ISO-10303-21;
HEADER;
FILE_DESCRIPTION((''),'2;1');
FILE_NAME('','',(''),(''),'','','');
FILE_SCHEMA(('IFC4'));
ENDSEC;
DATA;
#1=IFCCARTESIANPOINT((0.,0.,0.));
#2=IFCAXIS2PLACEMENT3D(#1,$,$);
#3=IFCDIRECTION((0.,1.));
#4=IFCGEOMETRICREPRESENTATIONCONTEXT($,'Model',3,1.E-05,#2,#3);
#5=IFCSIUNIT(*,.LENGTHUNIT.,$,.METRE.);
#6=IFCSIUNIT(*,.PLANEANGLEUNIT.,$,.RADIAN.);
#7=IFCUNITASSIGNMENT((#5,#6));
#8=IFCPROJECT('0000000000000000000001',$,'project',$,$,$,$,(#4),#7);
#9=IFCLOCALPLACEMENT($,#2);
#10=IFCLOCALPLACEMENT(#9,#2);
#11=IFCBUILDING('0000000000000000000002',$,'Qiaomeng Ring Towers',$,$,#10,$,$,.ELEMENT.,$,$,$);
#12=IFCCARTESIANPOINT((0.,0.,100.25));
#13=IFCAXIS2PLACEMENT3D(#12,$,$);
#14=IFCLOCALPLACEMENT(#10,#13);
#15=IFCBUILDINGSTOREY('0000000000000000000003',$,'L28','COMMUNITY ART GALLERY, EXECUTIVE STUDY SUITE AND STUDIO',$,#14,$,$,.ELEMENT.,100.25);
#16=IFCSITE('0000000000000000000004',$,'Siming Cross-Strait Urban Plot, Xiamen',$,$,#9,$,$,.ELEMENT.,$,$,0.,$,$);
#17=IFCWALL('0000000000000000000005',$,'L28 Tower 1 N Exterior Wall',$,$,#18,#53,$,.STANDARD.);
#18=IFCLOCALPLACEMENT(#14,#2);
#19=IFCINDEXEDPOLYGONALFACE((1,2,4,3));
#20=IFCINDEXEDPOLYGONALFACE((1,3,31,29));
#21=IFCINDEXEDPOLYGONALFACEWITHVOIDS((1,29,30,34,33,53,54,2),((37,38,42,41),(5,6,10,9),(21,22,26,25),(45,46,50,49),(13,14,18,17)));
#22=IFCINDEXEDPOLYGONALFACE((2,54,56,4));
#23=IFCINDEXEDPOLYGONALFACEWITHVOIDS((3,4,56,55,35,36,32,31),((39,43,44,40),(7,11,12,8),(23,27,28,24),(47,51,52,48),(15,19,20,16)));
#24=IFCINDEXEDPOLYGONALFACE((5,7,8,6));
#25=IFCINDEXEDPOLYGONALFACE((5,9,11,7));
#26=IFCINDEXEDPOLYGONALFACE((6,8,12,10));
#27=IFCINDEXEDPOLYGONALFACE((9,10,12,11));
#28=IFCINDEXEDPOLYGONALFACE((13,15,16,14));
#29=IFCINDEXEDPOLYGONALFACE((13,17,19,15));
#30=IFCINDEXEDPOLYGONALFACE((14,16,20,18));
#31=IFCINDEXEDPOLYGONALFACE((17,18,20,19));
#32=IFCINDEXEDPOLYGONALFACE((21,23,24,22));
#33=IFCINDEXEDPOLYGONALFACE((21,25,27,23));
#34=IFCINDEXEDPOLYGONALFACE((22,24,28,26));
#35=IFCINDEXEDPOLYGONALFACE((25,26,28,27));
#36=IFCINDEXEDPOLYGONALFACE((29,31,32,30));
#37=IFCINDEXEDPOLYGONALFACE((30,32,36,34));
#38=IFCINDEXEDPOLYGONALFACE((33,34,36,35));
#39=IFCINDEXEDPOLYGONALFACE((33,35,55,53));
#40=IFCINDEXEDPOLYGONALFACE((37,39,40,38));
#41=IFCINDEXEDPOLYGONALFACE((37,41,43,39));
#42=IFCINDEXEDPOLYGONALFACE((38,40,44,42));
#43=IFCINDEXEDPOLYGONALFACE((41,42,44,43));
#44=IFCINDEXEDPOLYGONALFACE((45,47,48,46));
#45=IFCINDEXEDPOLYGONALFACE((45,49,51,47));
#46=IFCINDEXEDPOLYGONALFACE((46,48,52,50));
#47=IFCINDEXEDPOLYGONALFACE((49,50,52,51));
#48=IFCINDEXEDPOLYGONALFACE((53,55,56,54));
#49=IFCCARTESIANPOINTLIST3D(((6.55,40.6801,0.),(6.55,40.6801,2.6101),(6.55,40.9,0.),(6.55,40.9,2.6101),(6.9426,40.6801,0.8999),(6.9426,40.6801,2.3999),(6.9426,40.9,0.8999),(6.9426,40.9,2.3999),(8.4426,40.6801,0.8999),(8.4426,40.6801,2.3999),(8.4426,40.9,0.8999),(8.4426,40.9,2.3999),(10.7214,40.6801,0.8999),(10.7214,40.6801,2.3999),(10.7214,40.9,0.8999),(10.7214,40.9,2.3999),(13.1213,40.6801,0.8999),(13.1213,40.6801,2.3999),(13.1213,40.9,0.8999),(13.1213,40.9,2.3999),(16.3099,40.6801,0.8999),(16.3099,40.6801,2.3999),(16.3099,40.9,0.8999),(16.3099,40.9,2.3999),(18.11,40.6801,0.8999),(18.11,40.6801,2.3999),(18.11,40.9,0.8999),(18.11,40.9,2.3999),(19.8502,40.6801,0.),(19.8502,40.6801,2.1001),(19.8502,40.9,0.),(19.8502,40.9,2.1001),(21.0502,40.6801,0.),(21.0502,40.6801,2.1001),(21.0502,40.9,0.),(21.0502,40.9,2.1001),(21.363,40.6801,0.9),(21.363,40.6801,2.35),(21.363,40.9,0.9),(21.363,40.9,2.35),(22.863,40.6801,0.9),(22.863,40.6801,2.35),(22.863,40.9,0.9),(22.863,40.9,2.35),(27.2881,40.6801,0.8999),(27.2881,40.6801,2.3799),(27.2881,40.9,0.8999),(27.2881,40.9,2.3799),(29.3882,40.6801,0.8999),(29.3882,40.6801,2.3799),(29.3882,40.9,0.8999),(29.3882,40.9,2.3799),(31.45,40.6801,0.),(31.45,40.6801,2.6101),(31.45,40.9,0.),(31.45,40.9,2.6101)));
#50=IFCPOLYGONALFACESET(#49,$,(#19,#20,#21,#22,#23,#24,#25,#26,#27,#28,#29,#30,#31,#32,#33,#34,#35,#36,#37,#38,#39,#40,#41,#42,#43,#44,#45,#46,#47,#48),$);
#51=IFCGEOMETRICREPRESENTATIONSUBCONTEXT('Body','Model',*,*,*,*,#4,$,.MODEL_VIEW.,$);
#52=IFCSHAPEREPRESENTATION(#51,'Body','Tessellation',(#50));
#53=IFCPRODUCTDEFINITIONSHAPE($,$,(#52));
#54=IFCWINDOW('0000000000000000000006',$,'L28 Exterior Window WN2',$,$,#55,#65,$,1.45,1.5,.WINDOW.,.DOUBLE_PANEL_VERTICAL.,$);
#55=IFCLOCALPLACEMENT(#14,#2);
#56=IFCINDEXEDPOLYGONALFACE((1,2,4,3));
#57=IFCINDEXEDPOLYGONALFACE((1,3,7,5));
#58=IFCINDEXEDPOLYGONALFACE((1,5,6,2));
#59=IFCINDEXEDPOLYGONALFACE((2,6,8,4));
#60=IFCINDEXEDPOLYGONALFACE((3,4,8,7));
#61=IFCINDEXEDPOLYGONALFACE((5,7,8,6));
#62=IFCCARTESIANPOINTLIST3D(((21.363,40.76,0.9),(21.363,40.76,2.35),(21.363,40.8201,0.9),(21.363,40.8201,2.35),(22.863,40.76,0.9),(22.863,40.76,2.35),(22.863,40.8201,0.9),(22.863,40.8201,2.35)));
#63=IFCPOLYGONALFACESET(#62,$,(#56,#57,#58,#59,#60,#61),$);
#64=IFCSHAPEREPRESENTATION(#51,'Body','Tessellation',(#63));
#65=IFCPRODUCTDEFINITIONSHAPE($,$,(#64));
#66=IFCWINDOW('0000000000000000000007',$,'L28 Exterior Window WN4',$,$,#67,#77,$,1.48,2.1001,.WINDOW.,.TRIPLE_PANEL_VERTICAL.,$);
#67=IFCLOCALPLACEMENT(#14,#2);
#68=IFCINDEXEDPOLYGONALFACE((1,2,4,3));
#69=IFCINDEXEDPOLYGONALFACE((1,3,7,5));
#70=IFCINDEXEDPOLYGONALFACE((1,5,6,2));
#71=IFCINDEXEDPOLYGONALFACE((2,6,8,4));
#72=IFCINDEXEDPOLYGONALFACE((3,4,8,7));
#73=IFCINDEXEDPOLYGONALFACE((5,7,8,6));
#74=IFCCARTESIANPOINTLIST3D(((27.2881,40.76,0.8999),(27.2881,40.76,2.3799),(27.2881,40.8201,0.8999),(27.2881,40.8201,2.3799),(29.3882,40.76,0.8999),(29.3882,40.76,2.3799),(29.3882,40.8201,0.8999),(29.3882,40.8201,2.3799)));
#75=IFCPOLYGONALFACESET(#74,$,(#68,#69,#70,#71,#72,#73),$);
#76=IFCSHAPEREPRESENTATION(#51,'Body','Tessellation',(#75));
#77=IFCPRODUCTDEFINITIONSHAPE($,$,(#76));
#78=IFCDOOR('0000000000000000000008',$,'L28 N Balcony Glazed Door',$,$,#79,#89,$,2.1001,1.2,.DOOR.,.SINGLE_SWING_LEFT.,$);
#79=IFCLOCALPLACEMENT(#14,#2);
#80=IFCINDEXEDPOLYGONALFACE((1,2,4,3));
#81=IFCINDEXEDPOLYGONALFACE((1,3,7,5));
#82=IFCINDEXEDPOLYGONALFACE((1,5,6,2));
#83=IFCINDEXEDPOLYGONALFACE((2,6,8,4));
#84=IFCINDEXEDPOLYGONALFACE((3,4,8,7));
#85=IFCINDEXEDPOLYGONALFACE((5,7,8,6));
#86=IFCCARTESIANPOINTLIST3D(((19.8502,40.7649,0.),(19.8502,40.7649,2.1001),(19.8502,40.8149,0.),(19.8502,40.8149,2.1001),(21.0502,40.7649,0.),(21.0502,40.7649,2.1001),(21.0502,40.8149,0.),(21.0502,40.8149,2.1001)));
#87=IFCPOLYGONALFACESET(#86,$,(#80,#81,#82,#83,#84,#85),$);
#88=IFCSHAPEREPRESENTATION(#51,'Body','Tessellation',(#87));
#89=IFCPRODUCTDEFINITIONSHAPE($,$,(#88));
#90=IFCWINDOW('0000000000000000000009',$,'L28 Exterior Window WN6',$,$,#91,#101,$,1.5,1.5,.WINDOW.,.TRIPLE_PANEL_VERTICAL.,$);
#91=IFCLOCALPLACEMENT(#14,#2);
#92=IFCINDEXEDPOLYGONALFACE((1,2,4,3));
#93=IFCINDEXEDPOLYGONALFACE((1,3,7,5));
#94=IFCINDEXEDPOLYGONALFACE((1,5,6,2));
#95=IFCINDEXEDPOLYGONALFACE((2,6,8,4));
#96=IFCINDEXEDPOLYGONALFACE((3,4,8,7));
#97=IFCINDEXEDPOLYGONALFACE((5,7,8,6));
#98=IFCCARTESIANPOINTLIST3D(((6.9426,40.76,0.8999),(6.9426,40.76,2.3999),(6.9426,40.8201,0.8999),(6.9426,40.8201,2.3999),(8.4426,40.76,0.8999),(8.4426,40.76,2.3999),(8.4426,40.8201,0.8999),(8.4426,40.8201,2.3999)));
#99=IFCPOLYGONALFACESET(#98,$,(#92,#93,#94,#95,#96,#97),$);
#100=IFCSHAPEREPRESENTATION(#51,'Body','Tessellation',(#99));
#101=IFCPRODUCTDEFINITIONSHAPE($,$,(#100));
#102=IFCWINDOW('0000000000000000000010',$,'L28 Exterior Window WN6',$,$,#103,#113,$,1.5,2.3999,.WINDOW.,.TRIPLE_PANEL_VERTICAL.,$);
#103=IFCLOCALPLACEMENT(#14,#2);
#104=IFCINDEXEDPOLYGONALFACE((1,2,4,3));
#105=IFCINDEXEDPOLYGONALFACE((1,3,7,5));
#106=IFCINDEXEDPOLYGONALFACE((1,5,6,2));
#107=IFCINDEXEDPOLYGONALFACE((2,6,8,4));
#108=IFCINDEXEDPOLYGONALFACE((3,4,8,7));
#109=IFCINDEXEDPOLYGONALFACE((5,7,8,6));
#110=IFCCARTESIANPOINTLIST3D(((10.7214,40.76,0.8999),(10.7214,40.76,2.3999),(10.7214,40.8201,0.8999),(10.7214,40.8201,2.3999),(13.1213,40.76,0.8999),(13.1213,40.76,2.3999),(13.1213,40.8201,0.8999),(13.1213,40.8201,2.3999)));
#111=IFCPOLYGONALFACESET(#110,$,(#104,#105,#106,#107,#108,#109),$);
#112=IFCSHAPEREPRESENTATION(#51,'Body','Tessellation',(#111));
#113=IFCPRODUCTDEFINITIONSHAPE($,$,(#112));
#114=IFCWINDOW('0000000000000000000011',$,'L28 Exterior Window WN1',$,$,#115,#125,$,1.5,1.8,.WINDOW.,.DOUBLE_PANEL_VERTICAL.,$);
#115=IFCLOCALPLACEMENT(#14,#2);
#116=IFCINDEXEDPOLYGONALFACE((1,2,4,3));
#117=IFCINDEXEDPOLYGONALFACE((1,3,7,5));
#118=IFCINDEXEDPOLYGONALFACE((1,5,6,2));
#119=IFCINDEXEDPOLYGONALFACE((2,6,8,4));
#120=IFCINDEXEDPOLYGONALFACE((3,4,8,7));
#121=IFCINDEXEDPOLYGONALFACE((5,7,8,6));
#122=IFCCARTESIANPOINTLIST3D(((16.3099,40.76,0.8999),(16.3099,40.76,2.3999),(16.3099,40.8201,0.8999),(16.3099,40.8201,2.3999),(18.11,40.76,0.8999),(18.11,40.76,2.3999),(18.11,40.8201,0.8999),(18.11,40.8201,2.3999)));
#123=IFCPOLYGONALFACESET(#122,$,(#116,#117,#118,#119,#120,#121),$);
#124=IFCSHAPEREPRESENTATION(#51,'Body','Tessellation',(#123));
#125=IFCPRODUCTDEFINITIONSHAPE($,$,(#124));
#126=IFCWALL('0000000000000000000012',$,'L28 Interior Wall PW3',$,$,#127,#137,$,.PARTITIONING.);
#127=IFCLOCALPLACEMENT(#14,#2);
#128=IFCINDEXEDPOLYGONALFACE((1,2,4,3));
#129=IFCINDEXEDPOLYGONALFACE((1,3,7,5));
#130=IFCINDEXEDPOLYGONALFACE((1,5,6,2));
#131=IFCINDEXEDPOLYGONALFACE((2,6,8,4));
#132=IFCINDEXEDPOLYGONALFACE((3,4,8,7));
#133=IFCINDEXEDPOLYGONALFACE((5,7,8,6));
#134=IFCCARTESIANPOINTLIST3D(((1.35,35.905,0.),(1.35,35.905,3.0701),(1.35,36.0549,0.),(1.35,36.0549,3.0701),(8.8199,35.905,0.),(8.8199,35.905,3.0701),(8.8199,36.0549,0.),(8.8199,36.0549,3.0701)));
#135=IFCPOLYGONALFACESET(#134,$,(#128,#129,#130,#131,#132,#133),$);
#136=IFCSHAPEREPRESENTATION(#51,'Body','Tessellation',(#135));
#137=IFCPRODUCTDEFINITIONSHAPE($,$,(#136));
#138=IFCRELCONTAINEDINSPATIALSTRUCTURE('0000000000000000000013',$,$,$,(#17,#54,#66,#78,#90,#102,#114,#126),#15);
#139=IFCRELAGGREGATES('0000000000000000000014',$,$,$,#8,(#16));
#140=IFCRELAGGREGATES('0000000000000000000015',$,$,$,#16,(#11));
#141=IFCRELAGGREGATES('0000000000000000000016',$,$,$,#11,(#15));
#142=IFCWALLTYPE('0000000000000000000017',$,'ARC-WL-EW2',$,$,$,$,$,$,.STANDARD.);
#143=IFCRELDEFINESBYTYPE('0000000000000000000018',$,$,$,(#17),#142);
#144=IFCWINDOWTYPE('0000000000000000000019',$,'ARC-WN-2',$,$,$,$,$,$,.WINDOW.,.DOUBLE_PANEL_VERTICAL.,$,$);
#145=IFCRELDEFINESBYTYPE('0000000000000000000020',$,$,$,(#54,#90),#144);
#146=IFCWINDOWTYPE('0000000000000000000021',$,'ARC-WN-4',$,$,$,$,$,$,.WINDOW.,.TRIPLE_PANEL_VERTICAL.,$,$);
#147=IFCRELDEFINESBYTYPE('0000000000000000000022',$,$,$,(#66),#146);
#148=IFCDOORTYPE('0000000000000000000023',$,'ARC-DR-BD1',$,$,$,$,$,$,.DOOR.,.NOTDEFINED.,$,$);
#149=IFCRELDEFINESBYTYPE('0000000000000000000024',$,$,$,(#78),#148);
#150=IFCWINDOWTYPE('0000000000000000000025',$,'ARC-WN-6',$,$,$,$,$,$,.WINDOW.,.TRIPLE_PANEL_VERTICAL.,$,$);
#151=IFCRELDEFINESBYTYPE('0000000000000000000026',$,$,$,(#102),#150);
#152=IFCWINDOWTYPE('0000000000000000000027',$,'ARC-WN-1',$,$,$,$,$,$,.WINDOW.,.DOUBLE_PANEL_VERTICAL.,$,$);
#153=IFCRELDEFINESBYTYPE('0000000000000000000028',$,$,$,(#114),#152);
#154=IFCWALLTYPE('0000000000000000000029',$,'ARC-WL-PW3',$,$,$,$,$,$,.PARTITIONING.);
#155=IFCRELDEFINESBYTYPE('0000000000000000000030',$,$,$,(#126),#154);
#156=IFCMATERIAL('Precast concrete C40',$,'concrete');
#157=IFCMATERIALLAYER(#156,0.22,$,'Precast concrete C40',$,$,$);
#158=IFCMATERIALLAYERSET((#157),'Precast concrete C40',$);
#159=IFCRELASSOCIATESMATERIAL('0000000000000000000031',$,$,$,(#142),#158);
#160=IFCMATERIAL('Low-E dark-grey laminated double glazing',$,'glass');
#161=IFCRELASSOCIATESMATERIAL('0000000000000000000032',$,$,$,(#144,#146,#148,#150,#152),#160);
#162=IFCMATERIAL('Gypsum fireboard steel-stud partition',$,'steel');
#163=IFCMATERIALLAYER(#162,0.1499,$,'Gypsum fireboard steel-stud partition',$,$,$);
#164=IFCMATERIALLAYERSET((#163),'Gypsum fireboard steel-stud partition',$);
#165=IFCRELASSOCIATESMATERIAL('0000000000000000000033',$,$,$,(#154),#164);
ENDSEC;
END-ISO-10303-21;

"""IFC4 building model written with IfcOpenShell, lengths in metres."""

from ifc_helpers import new_model, si_unit, direction, frame, frame_2d, origin, place, context, subcontext, project, spatial, rectangle, extrude, source, transform, mapped, material, layer, layer_set, type_object, element, fill, save


model = new_model("IFC4")

# Units and contexts
model_context = context("Model", 3, precision=1e-05, world=origin(), true_north=direction((0.0, 1.0)))
body_context = subcontext(model_context, "Body", "Model", "MODEL_VIEW")
ifc_project = project(units=[si_unit("LENGTHUNIT", "METRE"), si_unit("PLANEANGLEUNIT", "RADIAN")], contexts=[model_context])

# Site, building, storey
site_placement = place(None, origin())
site = spatial("IfcSite", under=ifc_project, at=site_placement, Name="Siming Cross-Strait Urban Plot, Xiamen", CompositionType="ELEMENT", RefElevation=0.0)
building_placement = place(site_placement, origin())
building = spatial("IfcBuilding", under=site, at=building_placement, Name="Qiaomeng Ring Towers", CompositionType="ELEMENT")
storey_placement = place(building_placement, frame((0.0, 0.0, 100.25)))
storey = spatial("IfcBuildingStorey", under=building, at=storey_placement, Name="L28", Description="COMMUNITY ART GALLERY, EXECUTIVE STUDY SUITE AND STUDIO", CompositionType="ELEMENT", Elevation=100.25)

# Shared definitions
ifc_material_1 = material(Name="Low-E dark-grey laminated double glazing", Category="glass")

# Wall, openings, windows, door
ifc_material_2 = material(Name="Precast concrete C40", Category="concrete")
ifc_layer_1 = layer(ifc_material_2, 0.22, Name="Precast concrete C40")
ifc_layer_set_1 = layer_set([ifc_layer_1], Name="Precast concrete C40")
wall_type_1 = type_object("IfcWallType", Name="ARC-WL-EW2", PredefinedType="STANDARD", material=ifc_layer_set_1)
wall_1_placement = place(storey_placement, frame((6.55, 40.79, 0.0), z_axis=(0.0, 0.0, 1.0), x_axis=(1.0, 0.0, 0.0)))
wall_1 = element("IfcWall", 1, at=wall_1_placement, inside=storey, type_object=wall_type_1, Name="L28 Tower 1 N Exterior Wall", PredefinedType="STANDARD", context=body_context, shape_type="SweptSolid", body=[
    extrude(rectangle(XDim=24.8999, YDim=0.22, at=frame_2d((12.45, 0.0))), origin(), (0.0, 0.0, 1.0), 2.6101),
])
opening_1_placement = place(wall_1_placement, frame((13.3, 0.0, 0.0)))
opening_1 = element("IfcOpeningElement", 2, at=opening_1_placement, cuts=wall_1, PredefinedType="OPENING", context=body_context, shape_type="SweptSolid", body=[
    extrude(rectangle(XDim=1.2, YDim=2.1001, at=frame_2d((0.6001, 1.05))), frame((0.0, 0.1199, 0.0), z_axis=(0.0, -1.0, 0.0), x_axis=(1.0, 0.0, 0.0)), (0.0, 0.0, 1.0), 0.24),
])
opening_2_placement = place(wall_1_placement, frame((0.3926, 0.0, 0.8999)))
opening_2 = element("IfcOpeningElement", 3, at=opening_2_placement, cuts=wall_1, PredefinedType="OPENING", context=body_context, shape_type="SweptSolid", body=[
    extrude(rectangle(XDim=1.5, YDim=1.5, at=frame_2d((0.75, 0.75))), frame((0.0, 0.1199, 0.0), z_axis=(0.0, -1.0, 0.0), x_axis=(1.0, 0.0, 0.0)), (0.0, 0.0, 1.0), 0.24),
])
opening_3_placement = place(wall_1_placement, frame((9.76, 0.0, 0.8999)))
opening_3 = element("IfcOpeningElement", 4, at=opening_3_placement, cuts=wall_1, PredefinedType="OPENING", context=body_context, shape_type="SweptSolid", body=[
    extrude(rectangle(XDim=1.8, YDim=1.5, at=frame_2d((0.8999, 0.75))), frame((0.0, 0.1199, 0.0), z_axis=(0.0, -1.0, 0.0), x_axis=(1.0, 0.0, 0.0)), (0.0, 0.0, 1.0), 0.24),
])
opening_4_placement = place(wall_1_placement, frame((14.813, 0.0, 0.8999)))
opening_4 = element("IfcOpeningElement", 5, at=opening_4_placement, cuts=wall_1, PredefinedType="OPENING", context=body_context, shape_type="SweptSolid", body=[
    extrude(rectangle(XDim=1.5, YDim=1.45, at=frame_2d((0.75, 0.7251))), frame((0.0, 0.1199, 0.0), z_axis=(0.0, -1.0, 0.0), x_axis=(1.0, 0.0, 0.0)), (0.0, 0.0, 1.0), 0.24),
])
opening_5_placement = place(wall_1_placement, frame((20.738, 0.0, 0.8999)))
opening_5 = element("IfcOpeningElement", 6, at=opening_5_placement, cuts=wall_1, PredefinedType="OPENING", context=body_context, shape_type="SweptSolid", body=[
    extrude(rectangle(XDim=2.1001, YDim=1.48, at=frame_2d((1.05, 0.74))), frame((0.0, 0.1199, 0.0), z_axis=(0.0, -1.0, 0.0), x_axis=(1.0, 0.0, 0.0)), (0.0, 0.0, 1.0), 0.24),
])
opening_6_placement = place(wall_1_placement, frame((4.1714, 0.0, 0.8999)))
opening_6 = element("IfcOpeningElement", 7, at=opening_6_placement, cuts=wall_1, PredefinedType="OPENING", context=body_context, shape_type="SweptSolid", body=[
    extrude(rectangle(XDim=2.3999, YDim=1.5, at=frame_2d((1.2, 0.75))), frame((0.0, 0.1199, 0.0), z_axis=(0.0, -1.0, 0.0), x_axis=(1.0, 0.0, 0.0)), (0.0, 0.0, 1.0), 0.24),
])
window_type_1 = type_object("IfcWindowType", Name="ARC-WN-2", PartitioningType="DOUBLE_PANEL_VERTICAL", PredefinedType="WINDOW", material=ifc_material_1)
shared_shape_1 = source(origin(), body_context, "Body", "SweptSolid", [
    extrude(rectangle(XDim=1.5, YDim=1.45, at=frame_2d((0.75, 0.7251))), frame((0.0, 0.03, 0.0), z_axis=(0.0, -1.0, 0.0), x_axis=(1.0, 0.0, 0.0)), (0.0, 0.0, 1.0), 0.0601),
])
window_1_placement = place(opening_4_placement, origin())
window_1 = element("IfcWindow", 8, at=window_1_placement, inside=storey, type_object=window_type_1, Name="L28 Exterior Window WN2", OverallHeight=1.45, OverallWidth=1.5, PartitioningType="DOUBLE_PANEL_VERTICAL", PredefinedType="WINDOW", context=body_context, shape_type="MappedRepresentation", body=[
    mapped(shared_shape_1, transform((0.0, 0.0, 0.0), x_axis=(1.0, 0.0, 0.0), y_axis=(0.0, 1.0, 0.0), z_axis=(0.0, 0.0, 1.0), scale=1.0)),
])
fill(opening_4, window_1)
window_type_2 = type_object("IfcWindowType", Name="ARC-WN-4", PartitioningType="TRIPLE_PANEL_VERTICAL", PredefinedType="WINDOW", material=ifc_material_1)
shared_shape_2 = source(origin(), body_context, "Body", "SweptSolid", [
    extrude(rectangle(XDim=2.1001, YDim=1.48, at=frame_2d((1.05, 0.74))), frame((0.0, 0.03, 0.0), z_axis=(0.0, -1.0, 0.0), x_axis=(1.0, 0.0, 0.0)), (0.0, 0.0, 1.0), 0.0601),
])
window_2_placement = place(opening_5_placement, origin())
window_2 = element("IfcWindow", 9, at=window_2_placement, inside=storey, type_object=window_type_2, Name="L28 Exterior Window WN4", OverallHeight=1.48, OverallWidth=2.1001, PartitioningType="TRIPLE_PANEL_VERTICAL", PredefinedType="WINDOW", context=body_context, shape_type="MappedRepresentation", body=[
    mapped(shared_shape_2, transform((0.0, 0.0, 0.0), x_axis=(1.0, 0.0, 0.0), y_axis=(0.0, 1.0, 0.0), z_axis=(0.0, 0.0, 1.0), scale=1.0)),
])
fill(opening_5, window_2)
door_type = type_object("IfcDoorType", Name="ARC-DR-BD1", OperationType="NOTDEFINED", PredefinedType="DOOR", material=ifc_material_1)
shared_shape_3 = source(origin(), body_context, "Body", "SweptSolid", [
    extrude(rectangle(XDim=1.2, YDim=2.1001, at=frame_2d((0.6001, 1.05))), frame((0.0, 0.0249, 0.0), z_axis=(0.0, -1.0, 0.0), x_axis=(1.0, 0.0, 0.0)), (0.0, 0.0, 1.0), 0.05),
])
door_placement = place(opening_1_placement, origin())
door = element("IfcDoor", 10, at=door_placement, inside=storey, type_object=door_type, Name="L28 N Balcony Glazed Door", OperationType="SINGLE_SWING_LEFT", OverallHeight=2.1001, OverallWidth=1.2, PredefinedType="DOOR", context=body_context, shape_type="MappedRepresentation", body=[
    mapped(shared_shape_3, transform((0.0, 0.0, 0.0), x_axis=(1.0, 0.0, 0.0), y_axis=(0.0, 1.0, 0.0), z_axis=(0.0, 0.0, 1.0), scale=1.0)),
])
fill(opening_1, door)
shared_shape_4 = source(origin(), body_context, "Body", "SweptSolid", [
    extrude(rectangle(XDim=1.5, YDim=1.5, at=frame_2d((0.75, 0.75))), frame((0.0, 0.03, 0.0), z_axis=(0.0, -1.0, 0.0), x_axis=(1.0, 0.0, 0.0)), (0.0, 0.0, 1.0), 0.0601),
])
window_3_placement = place(opening_2_placement, origin())
window_3 = element("IfcWindow", 11, at=window_3_placement, inside=storey, type_object=window_type_1, Name="L28 Exterior Window WN6", OverallHeight=1.5, OverallWidth=1.5, PartitioningType="TRIPLE_PANEL_VERTICAL", PredefinedType="WINDOW", context=body_context, shape_type="MappedRepresentation", body=[
    mapped(shared_shape_4, transform((0.0, 0.0, 0.0), x_axis=(1.0, 0.0, 0.0), y_axis=(0.0, 1.0, 0.0), z_axis=(0.0, 0.0, 1.0), scale=1.0)),
])
fill(opening_2, window_3)
window_type_3 = type_object("IfcWindowType", Name="ARC-WN-6", PartitioningType="TRIPLE_PANEL_VERTICAL", PredefinedType="WINDOW", material=ifc_material_1)
shared_shape_5 = source(origin(), body_context, "Body", "SweptSolid", [
    extrude(rectangle(XDim=2.3999, YDim=1.5, at=frame_2d((1.2, 0.75))), frame((0.0, 0.03, 0.0), z_axis=(0.0, -1.0, 0.0), x_axis=(1.0, 0.0, 0.0)), (0.0, 0.0, 1.0), 0.0601),
])
window_4_placement = place(opening_6_placement, origin())
window_4 = element("IfcWindow", 12, at=window_4_placement, inside=storey, type_object=window_type_3, Name="L28 Exterior Window WN6", OverallHeight=1.5, OverallWidth=2.3999, PartitioningType="TRIPLE_PANEL_VERTICAL", PredefinedType="WINDOW", context=body_context, shape_type="MappedRepresentation", body=[
    mapped(shared_shape_5, transform((0.0, 0.0, 0.0), x_axis=(1.0, 0.0, 0.0), y_axis=(0.0, 1.0, 0.0), z_axis=(0.0, 0.0, 1.0), scale=1.0)),
])
fill(opening_6, window_4)
window_type_4 = type_object("IfcWindowType", Name="ARC-WN-1", PartitioningType="DOUBLE_PANEL_VERTICAL", PredefinedType="WINDOW", material=ifc_material_1)
shared_shape_6 = source(origin(), body_context, "Body", "SweptSolid", [
    extrude(rectangle(XDim=1.8, YDim=1.5, at=frame_2d((0.8999, 0.75))), frame((0.0, 0.03, 0.0), z_axis=(0.0, -1.0, 0.0), x_axis=(1.0, 0.0, 0.0)), (0.0, 0.0, 1.0), 0.0601),
])
window_5_placement = place(opening_3_placement, origin())
window_5 = element("IfcWindow", 13, at=window_5_placement, inside=storey, type_object=window_type_4, Name="L28 Exterior Window WN1", OverallHeight=1.5, OverallWidth=1.8, PartitioningType="DOUBLE_PANEL_VERTICAL", PredefinedType="WINDOW", context=body_context, shape_type="MappedRepresentation", body=[
    mapped(shared_shape_6, transform((0.0, 0.0, 0.0), x_axis=(1.0, 0.0, 0.0), y_axis=(0.0, 1.0, 0.0), z_axis=(0.0, 0.0, 1.0), scale=1.0)),
])
fill(opening_3, window_5)

# Wall
ifc_material_3 = material(Name="Gypsum fireboard steel-stud partition", Category="steel")
ifc_layer_2 = layer(ifc_material_3, 0.1499, Name="Gypsum fireboard steel-stud partition")
ifc_layer_set_2 = layer_set([ifc_layer_2], Name="Gypsum fireboard steel-stud partition")
wall_type_2 = type_object("IfcWallType", Name="ARC-WL-PW3", PredefinedType="PARTITIONING", material=ifc_layer_set_2)
wall_2_placement = place(storey_placement, frame((1.3501, 35.98, 0.0), z_axis=(0.0, 0.0, 1.0), x_axis=(1.0, 0.0, 0.0)))
element("IfcWall", 14, at=wall_2_placement, inside=storey, type_object=wall_type_2, Name="L28 Interior Wall PW3", PredefinedType="PARTITIONING", context=body_context, shape_type="SweptSolid", body=[
    extrude(rectangle(XDim=7.47, YDim=0.1499, at=frame_2d((3.7349, 0.0))), origin(), (0.0, 0.0, 1.0), 3.0701),
])

save(model, "model.ifc")
